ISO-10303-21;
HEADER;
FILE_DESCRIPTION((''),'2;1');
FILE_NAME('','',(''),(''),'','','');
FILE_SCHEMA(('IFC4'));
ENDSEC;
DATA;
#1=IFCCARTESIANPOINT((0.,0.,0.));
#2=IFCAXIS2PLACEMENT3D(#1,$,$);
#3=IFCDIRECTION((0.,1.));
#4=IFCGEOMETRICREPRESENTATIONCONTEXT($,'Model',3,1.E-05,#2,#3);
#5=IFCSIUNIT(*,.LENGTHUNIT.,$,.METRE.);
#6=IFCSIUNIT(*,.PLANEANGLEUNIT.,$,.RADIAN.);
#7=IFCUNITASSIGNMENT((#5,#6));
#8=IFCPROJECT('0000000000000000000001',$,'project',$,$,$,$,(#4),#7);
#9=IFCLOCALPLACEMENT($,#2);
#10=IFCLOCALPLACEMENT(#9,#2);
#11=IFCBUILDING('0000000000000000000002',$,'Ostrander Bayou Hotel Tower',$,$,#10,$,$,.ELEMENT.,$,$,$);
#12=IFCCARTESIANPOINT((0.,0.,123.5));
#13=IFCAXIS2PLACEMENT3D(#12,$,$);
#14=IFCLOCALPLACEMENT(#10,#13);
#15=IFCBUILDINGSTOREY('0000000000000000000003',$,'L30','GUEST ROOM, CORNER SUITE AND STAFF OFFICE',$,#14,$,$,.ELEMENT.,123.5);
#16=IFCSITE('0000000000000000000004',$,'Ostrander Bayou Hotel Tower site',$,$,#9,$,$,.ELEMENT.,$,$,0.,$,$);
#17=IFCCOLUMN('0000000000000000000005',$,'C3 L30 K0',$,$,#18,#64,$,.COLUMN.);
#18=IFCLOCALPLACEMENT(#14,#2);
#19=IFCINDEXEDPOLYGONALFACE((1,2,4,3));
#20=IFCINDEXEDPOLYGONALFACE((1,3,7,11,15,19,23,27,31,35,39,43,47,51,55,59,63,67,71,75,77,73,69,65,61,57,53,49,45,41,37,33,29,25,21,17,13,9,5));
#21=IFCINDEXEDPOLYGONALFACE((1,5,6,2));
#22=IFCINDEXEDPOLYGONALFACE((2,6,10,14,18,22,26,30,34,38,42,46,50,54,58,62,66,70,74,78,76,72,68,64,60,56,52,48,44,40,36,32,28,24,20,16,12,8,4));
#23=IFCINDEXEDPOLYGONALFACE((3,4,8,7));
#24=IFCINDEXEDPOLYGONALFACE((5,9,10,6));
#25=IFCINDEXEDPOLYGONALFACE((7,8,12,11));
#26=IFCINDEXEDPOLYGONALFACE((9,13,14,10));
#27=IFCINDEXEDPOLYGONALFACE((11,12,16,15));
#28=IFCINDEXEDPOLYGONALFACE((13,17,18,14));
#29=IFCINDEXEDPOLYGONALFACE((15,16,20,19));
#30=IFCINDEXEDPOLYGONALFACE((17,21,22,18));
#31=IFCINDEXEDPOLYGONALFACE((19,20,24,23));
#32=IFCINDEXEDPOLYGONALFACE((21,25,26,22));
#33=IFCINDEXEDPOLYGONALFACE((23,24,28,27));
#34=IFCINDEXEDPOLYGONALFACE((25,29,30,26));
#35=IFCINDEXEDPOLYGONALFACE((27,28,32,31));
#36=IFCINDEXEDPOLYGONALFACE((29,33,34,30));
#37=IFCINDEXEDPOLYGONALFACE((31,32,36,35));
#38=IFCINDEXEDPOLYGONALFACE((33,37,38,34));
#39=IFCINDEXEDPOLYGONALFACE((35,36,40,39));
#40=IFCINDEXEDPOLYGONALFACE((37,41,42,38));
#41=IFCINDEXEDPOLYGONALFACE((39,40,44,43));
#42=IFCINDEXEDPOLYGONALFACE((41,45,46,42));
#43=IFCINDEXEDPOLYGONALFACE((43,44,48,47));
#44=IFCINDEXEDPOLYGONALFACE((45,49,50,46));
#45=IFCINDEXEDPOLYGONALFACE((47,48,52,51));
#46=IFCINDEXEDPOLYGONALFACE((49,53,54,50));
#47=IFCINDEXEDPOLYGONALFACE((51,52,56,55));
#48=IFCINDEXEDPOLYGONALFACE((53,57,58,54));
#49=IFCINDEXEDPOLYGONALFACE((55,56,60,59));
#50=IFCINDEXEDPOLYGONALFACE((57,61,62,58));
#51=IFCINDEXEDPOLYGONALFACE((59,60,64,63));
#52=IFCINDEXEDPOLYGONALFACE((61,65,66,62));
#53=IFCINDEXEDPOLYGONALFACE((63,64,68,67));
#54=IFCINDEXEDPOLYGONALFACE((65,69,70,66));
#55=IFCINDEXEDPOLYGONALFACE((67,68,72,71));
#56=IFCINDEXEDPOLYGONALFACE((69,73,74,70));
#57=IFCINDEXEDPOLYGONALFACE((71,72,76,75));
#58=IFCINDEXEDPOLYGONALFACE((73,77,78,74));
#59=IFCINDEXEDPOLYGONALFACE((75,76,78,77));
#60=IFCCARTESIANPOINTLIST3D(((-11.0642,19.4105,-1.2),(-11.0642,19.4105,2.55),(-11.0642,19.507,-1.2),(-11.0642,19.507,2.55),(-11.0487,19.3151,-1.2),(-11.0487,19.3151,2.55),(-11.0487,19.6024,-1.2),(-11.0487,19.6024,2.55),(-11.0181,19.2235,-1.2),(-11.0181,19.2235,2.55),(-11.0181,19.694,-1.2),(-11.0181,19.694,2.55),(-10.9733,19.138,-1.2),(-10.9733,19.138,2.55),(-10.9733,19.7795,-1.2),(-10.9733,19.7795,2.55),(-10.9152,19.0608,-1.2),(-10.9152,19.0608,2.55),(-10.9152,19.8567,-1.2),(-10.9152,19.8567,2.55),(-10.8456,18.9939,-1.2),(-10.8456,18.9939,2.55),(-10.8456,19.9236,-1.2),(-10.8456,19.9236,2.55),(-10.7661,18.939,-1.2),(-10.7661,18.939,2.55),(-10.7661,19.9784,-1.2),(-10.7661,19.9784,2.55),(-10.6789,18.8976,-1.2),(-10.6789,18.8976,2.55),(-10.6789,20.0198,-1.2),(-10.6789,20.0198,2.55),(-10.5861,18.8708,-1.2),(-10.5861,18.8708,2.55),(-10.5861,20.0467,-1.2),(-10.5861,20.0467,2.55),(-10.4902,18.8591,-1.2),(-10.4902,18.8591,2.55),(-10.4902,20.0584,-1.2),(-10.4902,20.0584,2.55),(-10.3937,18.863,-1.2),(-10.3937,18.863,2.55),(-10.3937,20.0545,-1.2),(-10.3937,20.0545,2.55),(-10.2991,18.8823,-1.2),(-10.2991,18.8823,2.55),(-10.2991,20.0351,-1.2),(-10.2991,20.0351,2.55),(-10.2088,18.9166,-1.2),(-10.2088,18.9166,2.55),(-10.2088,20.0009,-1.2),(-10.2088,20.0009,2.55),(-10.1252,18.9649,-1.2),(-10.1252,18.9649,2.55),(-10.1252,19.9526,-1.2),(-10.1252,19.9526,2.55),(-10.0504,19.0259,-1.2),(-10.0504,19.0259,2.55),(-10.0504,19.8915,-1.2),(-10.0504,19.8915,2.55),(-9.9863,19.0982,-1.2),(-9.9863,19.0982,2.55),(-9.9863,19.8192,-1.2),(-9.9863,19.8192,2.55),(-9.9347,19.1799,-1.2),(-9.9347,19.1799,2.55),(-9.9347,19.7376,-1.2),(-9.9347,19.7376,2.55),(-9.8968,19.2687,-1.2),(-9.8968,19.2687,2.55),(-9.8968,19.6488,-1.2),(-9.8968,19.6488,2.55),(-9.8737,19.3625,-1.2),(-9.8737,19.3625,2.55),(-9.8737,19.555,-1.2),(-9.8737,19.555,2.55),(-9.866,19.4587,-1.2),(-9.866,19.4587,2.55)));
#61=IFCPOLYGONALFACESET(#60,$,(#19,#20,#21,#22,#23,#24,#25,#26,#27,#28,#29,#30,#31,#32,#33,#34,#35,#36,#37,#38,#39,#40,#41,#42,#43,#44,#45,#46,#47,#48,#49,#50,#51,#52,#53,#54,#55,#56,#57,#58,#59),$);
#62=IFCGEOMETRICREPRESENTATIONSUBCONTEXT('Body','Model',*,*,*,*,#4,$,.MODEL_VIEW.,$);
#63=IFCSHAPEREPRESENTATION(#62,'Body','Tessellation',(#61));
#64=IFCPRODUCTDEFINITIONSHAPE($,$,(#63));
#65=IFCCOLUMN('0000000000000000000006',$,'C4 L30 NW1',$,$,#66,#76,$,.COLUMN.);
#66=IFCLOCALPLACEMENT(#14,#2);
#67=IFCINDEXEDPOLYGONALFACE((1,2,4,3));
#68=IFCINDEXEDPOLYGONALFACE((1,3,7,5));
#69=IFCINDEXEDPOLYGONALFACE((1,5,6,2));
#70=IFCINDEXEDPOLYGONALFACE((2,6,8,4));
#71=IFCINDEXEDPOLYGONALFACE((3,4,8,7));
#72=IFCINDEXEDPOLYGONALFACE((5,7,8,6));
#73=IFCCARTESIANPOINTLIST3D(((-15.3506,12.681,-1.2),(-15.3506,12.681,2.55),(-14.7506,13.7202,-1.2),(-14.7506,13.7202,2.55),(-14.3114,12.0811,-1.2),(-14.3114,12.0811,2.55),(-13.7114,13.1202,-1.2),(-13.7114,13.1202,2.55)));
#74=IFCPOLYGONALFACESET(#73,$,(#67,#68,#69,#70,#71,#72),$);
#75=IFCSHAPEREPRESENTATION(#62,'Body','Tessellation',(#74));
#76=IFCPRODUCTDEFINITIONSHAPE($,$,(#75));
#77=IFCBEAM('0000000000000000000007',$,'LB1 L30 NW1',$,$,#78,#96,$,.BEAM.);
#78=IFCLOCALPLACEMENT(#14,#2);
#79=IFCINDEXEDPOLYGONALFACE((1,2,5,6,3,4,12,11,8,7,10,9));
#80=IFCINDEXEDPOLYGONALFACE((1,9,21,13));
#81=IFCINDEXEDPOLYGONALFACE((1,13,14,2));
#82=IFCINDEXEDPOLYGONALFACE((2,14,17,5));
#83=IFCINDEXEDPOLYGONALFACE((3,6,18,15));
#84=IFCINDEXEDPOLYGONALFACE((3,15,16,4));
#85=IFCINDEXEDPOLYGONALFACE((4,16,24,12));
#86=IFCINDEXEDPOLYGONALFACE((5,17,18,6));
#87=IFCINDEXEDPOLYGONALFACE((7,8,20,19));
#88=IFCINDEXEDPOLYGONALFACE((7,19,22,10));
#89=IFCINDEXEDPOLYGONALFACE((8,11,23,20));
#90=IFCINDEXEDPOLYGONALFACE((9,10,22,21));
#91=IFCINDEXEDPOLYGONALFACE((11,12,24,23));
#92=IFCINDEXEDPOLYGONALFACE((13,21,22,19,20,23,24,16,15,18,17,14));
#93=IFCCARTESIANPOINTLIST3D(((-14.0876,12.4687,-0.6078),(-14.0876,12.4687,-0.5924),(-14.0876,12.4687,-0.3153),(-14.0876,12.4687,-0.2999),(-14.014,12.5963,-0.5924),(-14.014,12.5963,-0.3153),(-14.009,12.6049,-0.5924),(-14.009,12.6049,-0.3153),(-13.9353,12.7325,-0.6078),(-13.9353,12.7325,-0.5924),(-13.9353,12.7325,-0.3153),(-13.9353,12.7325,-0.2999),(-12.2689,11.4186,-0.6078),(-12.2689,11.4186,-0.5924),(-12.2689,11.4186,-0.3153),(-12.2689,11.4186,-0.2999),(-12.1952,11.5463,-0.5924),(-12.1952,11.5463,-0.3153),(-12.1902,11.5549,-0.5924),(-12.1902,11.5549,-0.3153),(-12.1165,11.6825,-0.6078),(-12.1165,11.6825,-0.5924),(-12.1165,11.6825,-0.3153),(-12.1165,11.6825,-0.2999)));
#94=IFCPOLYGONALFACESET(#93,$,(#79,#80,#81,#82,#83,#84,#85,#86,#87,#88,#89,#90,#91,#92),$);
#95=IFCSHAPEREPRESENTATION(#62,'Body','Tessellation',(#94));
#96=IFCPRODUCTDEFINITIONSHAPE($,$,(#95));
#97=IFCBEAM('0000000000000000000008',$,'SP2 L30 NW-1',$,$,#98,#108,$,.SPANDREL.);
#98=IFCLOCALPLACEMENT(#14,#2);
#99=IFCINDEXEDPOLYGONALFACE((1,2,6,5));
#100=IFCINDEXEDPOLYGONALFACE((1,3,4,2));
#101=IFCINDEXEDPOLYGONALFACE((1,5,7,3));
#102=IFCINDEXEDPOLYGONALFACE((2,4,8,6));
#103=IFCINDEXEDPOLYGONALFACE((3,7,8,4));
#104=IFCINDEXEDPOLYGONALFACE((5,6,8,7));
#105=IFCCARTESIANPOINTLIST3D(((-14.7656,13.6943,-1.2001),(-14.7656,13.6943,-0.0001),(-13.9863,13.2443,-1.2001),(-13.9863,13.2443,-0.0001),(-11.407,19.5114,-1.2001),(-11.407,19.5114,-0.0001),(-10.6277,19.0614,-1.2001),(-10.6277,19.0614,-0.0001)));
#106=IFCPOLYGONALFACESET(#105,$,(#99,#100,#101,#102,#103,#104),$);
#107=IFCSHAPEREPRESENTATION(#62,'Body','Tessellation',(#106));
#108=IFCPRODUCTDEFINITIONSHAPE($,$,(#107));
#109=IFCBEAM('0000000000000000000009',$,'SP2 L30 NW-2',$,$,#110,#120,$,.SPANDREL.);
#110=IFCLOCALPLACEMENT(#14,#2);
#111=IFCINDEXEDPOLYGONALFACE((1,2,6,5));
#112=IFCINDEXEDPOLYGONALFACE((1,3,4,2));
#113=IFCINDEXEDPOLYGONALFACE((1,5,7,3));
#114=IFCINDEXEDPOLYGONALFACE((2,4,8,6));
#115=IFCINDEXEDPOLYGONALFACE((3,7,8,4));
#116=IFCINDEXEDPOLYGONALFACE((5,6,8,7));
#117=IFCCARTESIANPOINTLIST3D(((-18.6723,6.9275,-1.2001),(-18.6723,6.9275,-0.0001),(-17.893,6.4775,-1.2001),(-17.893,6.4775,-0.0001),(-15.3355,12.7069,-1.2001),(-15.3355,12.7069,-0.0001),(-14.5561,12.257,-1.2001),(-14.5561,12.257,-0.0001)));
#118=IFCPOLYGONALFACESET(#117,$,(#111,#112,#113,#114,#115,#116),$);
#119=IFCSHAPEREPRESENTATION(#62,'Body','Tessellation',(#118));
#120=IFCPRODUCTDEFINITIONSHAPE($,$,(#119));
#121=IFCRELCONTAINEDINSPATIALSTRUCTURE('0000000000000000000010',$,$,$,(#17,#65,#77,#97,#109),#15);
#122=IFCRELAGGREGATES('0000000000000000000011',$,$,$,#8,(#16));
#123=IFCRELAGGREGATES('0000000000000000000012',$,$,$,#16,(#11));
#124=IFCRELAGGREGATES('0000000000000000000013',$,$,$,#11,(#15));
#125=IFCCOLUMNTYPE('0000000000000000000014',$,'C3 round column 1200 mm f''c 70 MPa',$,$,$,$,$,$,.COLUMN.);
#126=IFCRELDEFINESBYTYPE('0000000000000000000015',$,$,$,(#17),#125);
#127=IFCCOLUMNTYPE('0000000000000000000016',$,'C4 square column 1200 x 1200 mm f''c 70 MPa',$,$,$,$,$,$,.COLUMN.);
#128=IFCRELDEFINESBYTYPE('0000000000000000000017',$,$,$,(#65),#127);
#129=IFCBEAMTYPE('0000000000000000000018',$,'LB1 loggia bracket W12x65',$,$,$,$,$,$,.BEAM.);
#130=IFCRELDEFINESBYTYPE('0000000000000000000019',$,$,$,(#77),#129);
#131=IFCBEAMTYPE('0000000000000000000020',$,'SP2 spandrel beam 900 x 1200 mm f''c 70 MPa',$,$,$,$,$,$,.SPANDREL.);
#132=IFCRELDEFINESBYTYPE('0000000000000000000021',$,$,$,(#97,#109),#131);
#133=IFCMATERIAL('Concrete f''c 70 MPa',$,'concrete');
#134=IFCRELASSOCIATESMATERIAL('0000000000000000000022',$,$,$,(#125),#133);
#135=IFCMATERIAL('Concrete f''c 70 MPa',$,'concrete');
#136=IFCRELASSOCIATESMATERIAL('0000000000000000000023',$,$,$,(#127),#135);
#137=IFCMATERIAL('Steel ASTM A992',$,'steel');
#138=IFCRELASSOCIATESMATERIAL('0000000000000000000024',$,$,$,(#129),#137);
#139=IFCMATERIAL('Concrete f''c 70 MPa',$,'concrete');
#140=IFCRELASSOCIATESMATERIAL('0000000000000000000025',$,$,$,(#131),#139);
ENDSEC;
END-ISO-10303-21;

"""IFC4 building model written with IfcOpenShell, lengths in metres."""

from ifc_helpers import new_model, si_unit, direction, frame, origin, origin_2d, place, context, subcontext, project, spatial, rectangle, circle, i_section, extrude, material, material_profile, profile_set, type_object, element, save


model = new_model("IFC4")

# Units and contexts
model_context = context("Model", 3, precision=1e-05, world=origin(), true_north=direction((0.0, 1.0)))
body_context = subcontext(model_context, "Body", "Model", "MODEL_VIEW")
ifc_project = project(units=[si_unit("LENGTHUNIT", "METRE"), si_unit("PLANEANGLEUNIT", "RADIAN")], contexts=[model_context])

# Site, building, storey
site_placement = place(None, origin())
site = spatial("IfcSite", under=ifc_project, at=site_placement, Name="Ostrander Bayou Hotel Tower site", CompositionType="ELEMENT", RefElevation=0.0)
building_placement = place(site_placement, origin())
building = spatial("IfcBuilding", under=site, at=building_placement, Name="Ostrander Bayou Hotel Tower", CompositionType="ELEMENT")
storey_placement = place(building_placement, frame((0.0, 0.0, 123.5)))
storey = spatial("IfcBuildingStorey", under=building, at=storey_placement, Name="L30", Description="GUEST ROOM, CORNER SUITE AND STAFF OFFICE", CompositionType="ELEMENT", Elevation=123.5)

# Columns
ifc_material_1 = material(Name="Concrete f'c 70 MPa", Category="concrete")
ifc_material_profile_1 = material_profile(ifc_material_1, circle(Radius=0.6001, at=origin_2d()))
ifc_profile_set_1 = profile_set([ifc_material_profile_1], Name="Concrete f'c 70 MPa")
column_type_1 = type_object("IfcColumnType", Name="C3 round column 1200 mm f'c 70 MPa", PredefinedType="COLUMN", material=ifc_profile_set_1)
column_1_placement = place(storey_placement, frame((-10.4661, 19.4587, -1.2), z_axis=(0.0, 0.0, 1.0), x_axis=(1.0, 0.0, 0.0)))
element("IfcColumn", 1, at=column_1_placement, inside=storey, type_object=column_type_1, Name="C3 L30 K0", PredefinedType="COLUMN", context=body_context, shape_type="SweptSolid", body=[
    extrude(circle(Radius=0.6001, at=origin_2d()), origin(), (0.0, 0.0, 1.0), 3.75),
])
ifc_material_2 = material(Name="Concrete f'c 70 MPa", Category="concrete")
ifc_material_profile_2 = material_profile(ifc_material_2, rectangle(XDim=1.2, YDim=1.2, at=origin_2d()))
ifc_profile_set_2 = profile_set([ifc_material_profile_2], Name="Concrete f'c 70 MPa")
column_type_2 = type_object("IfcColumnType", Name="C4 square column 1200 x 1200 mm f'c 70 MPa", PredefinedType="COLUMN", material=ifc_profile_set_2)
column_2_placement = place(storey_placement, frame((-14.531, 12.9006, -1.2), z_axis=(0.0, 0.0, 1.0), x_axis=(0.5, 0.866025, 0.0)))
element("IfcColumn", 2, at=column_2_placement, inside=storey, type_object=column_type_2, Name="C4 L30 NW1", PredefinedType="COLUMN", context=body_context, shape_type="SweptSolid", body=[
    extrude(rectangle(XDim=1.2, YDim=1.2, at=origin_2d()), origin(), (0.0, 0.0, 1.0), 3.75),
])

# Beams
ifc_material_3 = material(Name="Steel ASTM A992", Category="steel")
ifc_material_profile_3 = material_profile(ifc_material_3, i_section(OverallWidth=0.3047, OverallDepth=0.3079, WebThickness=0.01, FlangeThickness=0.0154, at=origin_2d()))
ifc_profile_set_3 = profile_set([ifc_material_profile_3], Name="Steel ASTM A992")
beam_type_1 = type_object("IfcBeamType", Name="LB1 loggia bracket W12x65", PredefinedType="BEAM", material=ifc_profile_set_3)
beam_1_placement = place(storey_placement, frame((-14.0115, 12.6006, -0.4539), z_axis=(0.866038, -0.499977, 0.0), x_axis=(0.499977, 0.866038, 0.0)))
element("IfcBeam", 3, at=beam_1_placement, inside=storey, type_object=beam_type_1, Name="LB1 L30 NW1", PredefinedType="BEAM", context=body_context, shape_type="SweptSolid", body=[
    extrude(i_section(OverallWidth=0.3047, OverallDepth=0.3079, WebThickness=0.01, FlangeThickness=0.0154, at=origin_2d()), origin(), (0.0, 0.0, 1.0), 2.1001),
])
ifc_material_4 = material(Name="Concrete f'c 70 MPa", Category="concrete")
ifc_material_profile_4 = material_profile(ifc_material_4, rectangle(XDim=0.8999, YDim=1.2, at=origin_2d()))
ifc_profile_set_4 = profile_set([ifc_material_profile_4], Name="Concrete f'c 70 MPa")
beam_type_2 = type_object("IfcBeamType", Name="SP2 spandrel beam 900 x 1200 mm f'c 70 MPa", PredefinedType="SPANDREL", material=ifc_profile_set_4)
beam_2_placement = place(storey_placement, frame((-11.0173, 19.2864, -0.6001), z_axis=(-0.500013, -0.866018, 0.0), x_axis=(0.866018, -0.500013, 0.0)))
element("IfcBeam", 4, at=beam_2_placement, inside=storey, type_object=beam_type_2, Name="SP2 L30 NW-1", PredefinedType="SPANDREL", context=body_context, shape_type="SweptSolid", body=[
    extrude(rectangle(XDim=0.8999, YDim=1.2, at=origin_2d()), origin(), (0.0, 0.0, 1.0), 6.717),
])
beam_3_placement = place(storey_placement, frame((-14.9458, 12.4819, -0.6001), z_axis=(-0.500011, -0.866019, 0.0), x_axis=(0.866019, -0.500011, 0.0)))
element("IfcBeam", 5, at=beam_3_placement, inside=storey, type_object=beam_type_2, Name="SP2 L30 NW-2", PredefinedType="SPANDREL", context=body_context, shape_type="SweptSolid", body=[
    extrude(rectangle(XDim=0.8999, YDim=1.2, at=origin_2d()), origin(), (0.0, 0.0, 1.0), 6.6736),
])

save(model, "model.ifc")
